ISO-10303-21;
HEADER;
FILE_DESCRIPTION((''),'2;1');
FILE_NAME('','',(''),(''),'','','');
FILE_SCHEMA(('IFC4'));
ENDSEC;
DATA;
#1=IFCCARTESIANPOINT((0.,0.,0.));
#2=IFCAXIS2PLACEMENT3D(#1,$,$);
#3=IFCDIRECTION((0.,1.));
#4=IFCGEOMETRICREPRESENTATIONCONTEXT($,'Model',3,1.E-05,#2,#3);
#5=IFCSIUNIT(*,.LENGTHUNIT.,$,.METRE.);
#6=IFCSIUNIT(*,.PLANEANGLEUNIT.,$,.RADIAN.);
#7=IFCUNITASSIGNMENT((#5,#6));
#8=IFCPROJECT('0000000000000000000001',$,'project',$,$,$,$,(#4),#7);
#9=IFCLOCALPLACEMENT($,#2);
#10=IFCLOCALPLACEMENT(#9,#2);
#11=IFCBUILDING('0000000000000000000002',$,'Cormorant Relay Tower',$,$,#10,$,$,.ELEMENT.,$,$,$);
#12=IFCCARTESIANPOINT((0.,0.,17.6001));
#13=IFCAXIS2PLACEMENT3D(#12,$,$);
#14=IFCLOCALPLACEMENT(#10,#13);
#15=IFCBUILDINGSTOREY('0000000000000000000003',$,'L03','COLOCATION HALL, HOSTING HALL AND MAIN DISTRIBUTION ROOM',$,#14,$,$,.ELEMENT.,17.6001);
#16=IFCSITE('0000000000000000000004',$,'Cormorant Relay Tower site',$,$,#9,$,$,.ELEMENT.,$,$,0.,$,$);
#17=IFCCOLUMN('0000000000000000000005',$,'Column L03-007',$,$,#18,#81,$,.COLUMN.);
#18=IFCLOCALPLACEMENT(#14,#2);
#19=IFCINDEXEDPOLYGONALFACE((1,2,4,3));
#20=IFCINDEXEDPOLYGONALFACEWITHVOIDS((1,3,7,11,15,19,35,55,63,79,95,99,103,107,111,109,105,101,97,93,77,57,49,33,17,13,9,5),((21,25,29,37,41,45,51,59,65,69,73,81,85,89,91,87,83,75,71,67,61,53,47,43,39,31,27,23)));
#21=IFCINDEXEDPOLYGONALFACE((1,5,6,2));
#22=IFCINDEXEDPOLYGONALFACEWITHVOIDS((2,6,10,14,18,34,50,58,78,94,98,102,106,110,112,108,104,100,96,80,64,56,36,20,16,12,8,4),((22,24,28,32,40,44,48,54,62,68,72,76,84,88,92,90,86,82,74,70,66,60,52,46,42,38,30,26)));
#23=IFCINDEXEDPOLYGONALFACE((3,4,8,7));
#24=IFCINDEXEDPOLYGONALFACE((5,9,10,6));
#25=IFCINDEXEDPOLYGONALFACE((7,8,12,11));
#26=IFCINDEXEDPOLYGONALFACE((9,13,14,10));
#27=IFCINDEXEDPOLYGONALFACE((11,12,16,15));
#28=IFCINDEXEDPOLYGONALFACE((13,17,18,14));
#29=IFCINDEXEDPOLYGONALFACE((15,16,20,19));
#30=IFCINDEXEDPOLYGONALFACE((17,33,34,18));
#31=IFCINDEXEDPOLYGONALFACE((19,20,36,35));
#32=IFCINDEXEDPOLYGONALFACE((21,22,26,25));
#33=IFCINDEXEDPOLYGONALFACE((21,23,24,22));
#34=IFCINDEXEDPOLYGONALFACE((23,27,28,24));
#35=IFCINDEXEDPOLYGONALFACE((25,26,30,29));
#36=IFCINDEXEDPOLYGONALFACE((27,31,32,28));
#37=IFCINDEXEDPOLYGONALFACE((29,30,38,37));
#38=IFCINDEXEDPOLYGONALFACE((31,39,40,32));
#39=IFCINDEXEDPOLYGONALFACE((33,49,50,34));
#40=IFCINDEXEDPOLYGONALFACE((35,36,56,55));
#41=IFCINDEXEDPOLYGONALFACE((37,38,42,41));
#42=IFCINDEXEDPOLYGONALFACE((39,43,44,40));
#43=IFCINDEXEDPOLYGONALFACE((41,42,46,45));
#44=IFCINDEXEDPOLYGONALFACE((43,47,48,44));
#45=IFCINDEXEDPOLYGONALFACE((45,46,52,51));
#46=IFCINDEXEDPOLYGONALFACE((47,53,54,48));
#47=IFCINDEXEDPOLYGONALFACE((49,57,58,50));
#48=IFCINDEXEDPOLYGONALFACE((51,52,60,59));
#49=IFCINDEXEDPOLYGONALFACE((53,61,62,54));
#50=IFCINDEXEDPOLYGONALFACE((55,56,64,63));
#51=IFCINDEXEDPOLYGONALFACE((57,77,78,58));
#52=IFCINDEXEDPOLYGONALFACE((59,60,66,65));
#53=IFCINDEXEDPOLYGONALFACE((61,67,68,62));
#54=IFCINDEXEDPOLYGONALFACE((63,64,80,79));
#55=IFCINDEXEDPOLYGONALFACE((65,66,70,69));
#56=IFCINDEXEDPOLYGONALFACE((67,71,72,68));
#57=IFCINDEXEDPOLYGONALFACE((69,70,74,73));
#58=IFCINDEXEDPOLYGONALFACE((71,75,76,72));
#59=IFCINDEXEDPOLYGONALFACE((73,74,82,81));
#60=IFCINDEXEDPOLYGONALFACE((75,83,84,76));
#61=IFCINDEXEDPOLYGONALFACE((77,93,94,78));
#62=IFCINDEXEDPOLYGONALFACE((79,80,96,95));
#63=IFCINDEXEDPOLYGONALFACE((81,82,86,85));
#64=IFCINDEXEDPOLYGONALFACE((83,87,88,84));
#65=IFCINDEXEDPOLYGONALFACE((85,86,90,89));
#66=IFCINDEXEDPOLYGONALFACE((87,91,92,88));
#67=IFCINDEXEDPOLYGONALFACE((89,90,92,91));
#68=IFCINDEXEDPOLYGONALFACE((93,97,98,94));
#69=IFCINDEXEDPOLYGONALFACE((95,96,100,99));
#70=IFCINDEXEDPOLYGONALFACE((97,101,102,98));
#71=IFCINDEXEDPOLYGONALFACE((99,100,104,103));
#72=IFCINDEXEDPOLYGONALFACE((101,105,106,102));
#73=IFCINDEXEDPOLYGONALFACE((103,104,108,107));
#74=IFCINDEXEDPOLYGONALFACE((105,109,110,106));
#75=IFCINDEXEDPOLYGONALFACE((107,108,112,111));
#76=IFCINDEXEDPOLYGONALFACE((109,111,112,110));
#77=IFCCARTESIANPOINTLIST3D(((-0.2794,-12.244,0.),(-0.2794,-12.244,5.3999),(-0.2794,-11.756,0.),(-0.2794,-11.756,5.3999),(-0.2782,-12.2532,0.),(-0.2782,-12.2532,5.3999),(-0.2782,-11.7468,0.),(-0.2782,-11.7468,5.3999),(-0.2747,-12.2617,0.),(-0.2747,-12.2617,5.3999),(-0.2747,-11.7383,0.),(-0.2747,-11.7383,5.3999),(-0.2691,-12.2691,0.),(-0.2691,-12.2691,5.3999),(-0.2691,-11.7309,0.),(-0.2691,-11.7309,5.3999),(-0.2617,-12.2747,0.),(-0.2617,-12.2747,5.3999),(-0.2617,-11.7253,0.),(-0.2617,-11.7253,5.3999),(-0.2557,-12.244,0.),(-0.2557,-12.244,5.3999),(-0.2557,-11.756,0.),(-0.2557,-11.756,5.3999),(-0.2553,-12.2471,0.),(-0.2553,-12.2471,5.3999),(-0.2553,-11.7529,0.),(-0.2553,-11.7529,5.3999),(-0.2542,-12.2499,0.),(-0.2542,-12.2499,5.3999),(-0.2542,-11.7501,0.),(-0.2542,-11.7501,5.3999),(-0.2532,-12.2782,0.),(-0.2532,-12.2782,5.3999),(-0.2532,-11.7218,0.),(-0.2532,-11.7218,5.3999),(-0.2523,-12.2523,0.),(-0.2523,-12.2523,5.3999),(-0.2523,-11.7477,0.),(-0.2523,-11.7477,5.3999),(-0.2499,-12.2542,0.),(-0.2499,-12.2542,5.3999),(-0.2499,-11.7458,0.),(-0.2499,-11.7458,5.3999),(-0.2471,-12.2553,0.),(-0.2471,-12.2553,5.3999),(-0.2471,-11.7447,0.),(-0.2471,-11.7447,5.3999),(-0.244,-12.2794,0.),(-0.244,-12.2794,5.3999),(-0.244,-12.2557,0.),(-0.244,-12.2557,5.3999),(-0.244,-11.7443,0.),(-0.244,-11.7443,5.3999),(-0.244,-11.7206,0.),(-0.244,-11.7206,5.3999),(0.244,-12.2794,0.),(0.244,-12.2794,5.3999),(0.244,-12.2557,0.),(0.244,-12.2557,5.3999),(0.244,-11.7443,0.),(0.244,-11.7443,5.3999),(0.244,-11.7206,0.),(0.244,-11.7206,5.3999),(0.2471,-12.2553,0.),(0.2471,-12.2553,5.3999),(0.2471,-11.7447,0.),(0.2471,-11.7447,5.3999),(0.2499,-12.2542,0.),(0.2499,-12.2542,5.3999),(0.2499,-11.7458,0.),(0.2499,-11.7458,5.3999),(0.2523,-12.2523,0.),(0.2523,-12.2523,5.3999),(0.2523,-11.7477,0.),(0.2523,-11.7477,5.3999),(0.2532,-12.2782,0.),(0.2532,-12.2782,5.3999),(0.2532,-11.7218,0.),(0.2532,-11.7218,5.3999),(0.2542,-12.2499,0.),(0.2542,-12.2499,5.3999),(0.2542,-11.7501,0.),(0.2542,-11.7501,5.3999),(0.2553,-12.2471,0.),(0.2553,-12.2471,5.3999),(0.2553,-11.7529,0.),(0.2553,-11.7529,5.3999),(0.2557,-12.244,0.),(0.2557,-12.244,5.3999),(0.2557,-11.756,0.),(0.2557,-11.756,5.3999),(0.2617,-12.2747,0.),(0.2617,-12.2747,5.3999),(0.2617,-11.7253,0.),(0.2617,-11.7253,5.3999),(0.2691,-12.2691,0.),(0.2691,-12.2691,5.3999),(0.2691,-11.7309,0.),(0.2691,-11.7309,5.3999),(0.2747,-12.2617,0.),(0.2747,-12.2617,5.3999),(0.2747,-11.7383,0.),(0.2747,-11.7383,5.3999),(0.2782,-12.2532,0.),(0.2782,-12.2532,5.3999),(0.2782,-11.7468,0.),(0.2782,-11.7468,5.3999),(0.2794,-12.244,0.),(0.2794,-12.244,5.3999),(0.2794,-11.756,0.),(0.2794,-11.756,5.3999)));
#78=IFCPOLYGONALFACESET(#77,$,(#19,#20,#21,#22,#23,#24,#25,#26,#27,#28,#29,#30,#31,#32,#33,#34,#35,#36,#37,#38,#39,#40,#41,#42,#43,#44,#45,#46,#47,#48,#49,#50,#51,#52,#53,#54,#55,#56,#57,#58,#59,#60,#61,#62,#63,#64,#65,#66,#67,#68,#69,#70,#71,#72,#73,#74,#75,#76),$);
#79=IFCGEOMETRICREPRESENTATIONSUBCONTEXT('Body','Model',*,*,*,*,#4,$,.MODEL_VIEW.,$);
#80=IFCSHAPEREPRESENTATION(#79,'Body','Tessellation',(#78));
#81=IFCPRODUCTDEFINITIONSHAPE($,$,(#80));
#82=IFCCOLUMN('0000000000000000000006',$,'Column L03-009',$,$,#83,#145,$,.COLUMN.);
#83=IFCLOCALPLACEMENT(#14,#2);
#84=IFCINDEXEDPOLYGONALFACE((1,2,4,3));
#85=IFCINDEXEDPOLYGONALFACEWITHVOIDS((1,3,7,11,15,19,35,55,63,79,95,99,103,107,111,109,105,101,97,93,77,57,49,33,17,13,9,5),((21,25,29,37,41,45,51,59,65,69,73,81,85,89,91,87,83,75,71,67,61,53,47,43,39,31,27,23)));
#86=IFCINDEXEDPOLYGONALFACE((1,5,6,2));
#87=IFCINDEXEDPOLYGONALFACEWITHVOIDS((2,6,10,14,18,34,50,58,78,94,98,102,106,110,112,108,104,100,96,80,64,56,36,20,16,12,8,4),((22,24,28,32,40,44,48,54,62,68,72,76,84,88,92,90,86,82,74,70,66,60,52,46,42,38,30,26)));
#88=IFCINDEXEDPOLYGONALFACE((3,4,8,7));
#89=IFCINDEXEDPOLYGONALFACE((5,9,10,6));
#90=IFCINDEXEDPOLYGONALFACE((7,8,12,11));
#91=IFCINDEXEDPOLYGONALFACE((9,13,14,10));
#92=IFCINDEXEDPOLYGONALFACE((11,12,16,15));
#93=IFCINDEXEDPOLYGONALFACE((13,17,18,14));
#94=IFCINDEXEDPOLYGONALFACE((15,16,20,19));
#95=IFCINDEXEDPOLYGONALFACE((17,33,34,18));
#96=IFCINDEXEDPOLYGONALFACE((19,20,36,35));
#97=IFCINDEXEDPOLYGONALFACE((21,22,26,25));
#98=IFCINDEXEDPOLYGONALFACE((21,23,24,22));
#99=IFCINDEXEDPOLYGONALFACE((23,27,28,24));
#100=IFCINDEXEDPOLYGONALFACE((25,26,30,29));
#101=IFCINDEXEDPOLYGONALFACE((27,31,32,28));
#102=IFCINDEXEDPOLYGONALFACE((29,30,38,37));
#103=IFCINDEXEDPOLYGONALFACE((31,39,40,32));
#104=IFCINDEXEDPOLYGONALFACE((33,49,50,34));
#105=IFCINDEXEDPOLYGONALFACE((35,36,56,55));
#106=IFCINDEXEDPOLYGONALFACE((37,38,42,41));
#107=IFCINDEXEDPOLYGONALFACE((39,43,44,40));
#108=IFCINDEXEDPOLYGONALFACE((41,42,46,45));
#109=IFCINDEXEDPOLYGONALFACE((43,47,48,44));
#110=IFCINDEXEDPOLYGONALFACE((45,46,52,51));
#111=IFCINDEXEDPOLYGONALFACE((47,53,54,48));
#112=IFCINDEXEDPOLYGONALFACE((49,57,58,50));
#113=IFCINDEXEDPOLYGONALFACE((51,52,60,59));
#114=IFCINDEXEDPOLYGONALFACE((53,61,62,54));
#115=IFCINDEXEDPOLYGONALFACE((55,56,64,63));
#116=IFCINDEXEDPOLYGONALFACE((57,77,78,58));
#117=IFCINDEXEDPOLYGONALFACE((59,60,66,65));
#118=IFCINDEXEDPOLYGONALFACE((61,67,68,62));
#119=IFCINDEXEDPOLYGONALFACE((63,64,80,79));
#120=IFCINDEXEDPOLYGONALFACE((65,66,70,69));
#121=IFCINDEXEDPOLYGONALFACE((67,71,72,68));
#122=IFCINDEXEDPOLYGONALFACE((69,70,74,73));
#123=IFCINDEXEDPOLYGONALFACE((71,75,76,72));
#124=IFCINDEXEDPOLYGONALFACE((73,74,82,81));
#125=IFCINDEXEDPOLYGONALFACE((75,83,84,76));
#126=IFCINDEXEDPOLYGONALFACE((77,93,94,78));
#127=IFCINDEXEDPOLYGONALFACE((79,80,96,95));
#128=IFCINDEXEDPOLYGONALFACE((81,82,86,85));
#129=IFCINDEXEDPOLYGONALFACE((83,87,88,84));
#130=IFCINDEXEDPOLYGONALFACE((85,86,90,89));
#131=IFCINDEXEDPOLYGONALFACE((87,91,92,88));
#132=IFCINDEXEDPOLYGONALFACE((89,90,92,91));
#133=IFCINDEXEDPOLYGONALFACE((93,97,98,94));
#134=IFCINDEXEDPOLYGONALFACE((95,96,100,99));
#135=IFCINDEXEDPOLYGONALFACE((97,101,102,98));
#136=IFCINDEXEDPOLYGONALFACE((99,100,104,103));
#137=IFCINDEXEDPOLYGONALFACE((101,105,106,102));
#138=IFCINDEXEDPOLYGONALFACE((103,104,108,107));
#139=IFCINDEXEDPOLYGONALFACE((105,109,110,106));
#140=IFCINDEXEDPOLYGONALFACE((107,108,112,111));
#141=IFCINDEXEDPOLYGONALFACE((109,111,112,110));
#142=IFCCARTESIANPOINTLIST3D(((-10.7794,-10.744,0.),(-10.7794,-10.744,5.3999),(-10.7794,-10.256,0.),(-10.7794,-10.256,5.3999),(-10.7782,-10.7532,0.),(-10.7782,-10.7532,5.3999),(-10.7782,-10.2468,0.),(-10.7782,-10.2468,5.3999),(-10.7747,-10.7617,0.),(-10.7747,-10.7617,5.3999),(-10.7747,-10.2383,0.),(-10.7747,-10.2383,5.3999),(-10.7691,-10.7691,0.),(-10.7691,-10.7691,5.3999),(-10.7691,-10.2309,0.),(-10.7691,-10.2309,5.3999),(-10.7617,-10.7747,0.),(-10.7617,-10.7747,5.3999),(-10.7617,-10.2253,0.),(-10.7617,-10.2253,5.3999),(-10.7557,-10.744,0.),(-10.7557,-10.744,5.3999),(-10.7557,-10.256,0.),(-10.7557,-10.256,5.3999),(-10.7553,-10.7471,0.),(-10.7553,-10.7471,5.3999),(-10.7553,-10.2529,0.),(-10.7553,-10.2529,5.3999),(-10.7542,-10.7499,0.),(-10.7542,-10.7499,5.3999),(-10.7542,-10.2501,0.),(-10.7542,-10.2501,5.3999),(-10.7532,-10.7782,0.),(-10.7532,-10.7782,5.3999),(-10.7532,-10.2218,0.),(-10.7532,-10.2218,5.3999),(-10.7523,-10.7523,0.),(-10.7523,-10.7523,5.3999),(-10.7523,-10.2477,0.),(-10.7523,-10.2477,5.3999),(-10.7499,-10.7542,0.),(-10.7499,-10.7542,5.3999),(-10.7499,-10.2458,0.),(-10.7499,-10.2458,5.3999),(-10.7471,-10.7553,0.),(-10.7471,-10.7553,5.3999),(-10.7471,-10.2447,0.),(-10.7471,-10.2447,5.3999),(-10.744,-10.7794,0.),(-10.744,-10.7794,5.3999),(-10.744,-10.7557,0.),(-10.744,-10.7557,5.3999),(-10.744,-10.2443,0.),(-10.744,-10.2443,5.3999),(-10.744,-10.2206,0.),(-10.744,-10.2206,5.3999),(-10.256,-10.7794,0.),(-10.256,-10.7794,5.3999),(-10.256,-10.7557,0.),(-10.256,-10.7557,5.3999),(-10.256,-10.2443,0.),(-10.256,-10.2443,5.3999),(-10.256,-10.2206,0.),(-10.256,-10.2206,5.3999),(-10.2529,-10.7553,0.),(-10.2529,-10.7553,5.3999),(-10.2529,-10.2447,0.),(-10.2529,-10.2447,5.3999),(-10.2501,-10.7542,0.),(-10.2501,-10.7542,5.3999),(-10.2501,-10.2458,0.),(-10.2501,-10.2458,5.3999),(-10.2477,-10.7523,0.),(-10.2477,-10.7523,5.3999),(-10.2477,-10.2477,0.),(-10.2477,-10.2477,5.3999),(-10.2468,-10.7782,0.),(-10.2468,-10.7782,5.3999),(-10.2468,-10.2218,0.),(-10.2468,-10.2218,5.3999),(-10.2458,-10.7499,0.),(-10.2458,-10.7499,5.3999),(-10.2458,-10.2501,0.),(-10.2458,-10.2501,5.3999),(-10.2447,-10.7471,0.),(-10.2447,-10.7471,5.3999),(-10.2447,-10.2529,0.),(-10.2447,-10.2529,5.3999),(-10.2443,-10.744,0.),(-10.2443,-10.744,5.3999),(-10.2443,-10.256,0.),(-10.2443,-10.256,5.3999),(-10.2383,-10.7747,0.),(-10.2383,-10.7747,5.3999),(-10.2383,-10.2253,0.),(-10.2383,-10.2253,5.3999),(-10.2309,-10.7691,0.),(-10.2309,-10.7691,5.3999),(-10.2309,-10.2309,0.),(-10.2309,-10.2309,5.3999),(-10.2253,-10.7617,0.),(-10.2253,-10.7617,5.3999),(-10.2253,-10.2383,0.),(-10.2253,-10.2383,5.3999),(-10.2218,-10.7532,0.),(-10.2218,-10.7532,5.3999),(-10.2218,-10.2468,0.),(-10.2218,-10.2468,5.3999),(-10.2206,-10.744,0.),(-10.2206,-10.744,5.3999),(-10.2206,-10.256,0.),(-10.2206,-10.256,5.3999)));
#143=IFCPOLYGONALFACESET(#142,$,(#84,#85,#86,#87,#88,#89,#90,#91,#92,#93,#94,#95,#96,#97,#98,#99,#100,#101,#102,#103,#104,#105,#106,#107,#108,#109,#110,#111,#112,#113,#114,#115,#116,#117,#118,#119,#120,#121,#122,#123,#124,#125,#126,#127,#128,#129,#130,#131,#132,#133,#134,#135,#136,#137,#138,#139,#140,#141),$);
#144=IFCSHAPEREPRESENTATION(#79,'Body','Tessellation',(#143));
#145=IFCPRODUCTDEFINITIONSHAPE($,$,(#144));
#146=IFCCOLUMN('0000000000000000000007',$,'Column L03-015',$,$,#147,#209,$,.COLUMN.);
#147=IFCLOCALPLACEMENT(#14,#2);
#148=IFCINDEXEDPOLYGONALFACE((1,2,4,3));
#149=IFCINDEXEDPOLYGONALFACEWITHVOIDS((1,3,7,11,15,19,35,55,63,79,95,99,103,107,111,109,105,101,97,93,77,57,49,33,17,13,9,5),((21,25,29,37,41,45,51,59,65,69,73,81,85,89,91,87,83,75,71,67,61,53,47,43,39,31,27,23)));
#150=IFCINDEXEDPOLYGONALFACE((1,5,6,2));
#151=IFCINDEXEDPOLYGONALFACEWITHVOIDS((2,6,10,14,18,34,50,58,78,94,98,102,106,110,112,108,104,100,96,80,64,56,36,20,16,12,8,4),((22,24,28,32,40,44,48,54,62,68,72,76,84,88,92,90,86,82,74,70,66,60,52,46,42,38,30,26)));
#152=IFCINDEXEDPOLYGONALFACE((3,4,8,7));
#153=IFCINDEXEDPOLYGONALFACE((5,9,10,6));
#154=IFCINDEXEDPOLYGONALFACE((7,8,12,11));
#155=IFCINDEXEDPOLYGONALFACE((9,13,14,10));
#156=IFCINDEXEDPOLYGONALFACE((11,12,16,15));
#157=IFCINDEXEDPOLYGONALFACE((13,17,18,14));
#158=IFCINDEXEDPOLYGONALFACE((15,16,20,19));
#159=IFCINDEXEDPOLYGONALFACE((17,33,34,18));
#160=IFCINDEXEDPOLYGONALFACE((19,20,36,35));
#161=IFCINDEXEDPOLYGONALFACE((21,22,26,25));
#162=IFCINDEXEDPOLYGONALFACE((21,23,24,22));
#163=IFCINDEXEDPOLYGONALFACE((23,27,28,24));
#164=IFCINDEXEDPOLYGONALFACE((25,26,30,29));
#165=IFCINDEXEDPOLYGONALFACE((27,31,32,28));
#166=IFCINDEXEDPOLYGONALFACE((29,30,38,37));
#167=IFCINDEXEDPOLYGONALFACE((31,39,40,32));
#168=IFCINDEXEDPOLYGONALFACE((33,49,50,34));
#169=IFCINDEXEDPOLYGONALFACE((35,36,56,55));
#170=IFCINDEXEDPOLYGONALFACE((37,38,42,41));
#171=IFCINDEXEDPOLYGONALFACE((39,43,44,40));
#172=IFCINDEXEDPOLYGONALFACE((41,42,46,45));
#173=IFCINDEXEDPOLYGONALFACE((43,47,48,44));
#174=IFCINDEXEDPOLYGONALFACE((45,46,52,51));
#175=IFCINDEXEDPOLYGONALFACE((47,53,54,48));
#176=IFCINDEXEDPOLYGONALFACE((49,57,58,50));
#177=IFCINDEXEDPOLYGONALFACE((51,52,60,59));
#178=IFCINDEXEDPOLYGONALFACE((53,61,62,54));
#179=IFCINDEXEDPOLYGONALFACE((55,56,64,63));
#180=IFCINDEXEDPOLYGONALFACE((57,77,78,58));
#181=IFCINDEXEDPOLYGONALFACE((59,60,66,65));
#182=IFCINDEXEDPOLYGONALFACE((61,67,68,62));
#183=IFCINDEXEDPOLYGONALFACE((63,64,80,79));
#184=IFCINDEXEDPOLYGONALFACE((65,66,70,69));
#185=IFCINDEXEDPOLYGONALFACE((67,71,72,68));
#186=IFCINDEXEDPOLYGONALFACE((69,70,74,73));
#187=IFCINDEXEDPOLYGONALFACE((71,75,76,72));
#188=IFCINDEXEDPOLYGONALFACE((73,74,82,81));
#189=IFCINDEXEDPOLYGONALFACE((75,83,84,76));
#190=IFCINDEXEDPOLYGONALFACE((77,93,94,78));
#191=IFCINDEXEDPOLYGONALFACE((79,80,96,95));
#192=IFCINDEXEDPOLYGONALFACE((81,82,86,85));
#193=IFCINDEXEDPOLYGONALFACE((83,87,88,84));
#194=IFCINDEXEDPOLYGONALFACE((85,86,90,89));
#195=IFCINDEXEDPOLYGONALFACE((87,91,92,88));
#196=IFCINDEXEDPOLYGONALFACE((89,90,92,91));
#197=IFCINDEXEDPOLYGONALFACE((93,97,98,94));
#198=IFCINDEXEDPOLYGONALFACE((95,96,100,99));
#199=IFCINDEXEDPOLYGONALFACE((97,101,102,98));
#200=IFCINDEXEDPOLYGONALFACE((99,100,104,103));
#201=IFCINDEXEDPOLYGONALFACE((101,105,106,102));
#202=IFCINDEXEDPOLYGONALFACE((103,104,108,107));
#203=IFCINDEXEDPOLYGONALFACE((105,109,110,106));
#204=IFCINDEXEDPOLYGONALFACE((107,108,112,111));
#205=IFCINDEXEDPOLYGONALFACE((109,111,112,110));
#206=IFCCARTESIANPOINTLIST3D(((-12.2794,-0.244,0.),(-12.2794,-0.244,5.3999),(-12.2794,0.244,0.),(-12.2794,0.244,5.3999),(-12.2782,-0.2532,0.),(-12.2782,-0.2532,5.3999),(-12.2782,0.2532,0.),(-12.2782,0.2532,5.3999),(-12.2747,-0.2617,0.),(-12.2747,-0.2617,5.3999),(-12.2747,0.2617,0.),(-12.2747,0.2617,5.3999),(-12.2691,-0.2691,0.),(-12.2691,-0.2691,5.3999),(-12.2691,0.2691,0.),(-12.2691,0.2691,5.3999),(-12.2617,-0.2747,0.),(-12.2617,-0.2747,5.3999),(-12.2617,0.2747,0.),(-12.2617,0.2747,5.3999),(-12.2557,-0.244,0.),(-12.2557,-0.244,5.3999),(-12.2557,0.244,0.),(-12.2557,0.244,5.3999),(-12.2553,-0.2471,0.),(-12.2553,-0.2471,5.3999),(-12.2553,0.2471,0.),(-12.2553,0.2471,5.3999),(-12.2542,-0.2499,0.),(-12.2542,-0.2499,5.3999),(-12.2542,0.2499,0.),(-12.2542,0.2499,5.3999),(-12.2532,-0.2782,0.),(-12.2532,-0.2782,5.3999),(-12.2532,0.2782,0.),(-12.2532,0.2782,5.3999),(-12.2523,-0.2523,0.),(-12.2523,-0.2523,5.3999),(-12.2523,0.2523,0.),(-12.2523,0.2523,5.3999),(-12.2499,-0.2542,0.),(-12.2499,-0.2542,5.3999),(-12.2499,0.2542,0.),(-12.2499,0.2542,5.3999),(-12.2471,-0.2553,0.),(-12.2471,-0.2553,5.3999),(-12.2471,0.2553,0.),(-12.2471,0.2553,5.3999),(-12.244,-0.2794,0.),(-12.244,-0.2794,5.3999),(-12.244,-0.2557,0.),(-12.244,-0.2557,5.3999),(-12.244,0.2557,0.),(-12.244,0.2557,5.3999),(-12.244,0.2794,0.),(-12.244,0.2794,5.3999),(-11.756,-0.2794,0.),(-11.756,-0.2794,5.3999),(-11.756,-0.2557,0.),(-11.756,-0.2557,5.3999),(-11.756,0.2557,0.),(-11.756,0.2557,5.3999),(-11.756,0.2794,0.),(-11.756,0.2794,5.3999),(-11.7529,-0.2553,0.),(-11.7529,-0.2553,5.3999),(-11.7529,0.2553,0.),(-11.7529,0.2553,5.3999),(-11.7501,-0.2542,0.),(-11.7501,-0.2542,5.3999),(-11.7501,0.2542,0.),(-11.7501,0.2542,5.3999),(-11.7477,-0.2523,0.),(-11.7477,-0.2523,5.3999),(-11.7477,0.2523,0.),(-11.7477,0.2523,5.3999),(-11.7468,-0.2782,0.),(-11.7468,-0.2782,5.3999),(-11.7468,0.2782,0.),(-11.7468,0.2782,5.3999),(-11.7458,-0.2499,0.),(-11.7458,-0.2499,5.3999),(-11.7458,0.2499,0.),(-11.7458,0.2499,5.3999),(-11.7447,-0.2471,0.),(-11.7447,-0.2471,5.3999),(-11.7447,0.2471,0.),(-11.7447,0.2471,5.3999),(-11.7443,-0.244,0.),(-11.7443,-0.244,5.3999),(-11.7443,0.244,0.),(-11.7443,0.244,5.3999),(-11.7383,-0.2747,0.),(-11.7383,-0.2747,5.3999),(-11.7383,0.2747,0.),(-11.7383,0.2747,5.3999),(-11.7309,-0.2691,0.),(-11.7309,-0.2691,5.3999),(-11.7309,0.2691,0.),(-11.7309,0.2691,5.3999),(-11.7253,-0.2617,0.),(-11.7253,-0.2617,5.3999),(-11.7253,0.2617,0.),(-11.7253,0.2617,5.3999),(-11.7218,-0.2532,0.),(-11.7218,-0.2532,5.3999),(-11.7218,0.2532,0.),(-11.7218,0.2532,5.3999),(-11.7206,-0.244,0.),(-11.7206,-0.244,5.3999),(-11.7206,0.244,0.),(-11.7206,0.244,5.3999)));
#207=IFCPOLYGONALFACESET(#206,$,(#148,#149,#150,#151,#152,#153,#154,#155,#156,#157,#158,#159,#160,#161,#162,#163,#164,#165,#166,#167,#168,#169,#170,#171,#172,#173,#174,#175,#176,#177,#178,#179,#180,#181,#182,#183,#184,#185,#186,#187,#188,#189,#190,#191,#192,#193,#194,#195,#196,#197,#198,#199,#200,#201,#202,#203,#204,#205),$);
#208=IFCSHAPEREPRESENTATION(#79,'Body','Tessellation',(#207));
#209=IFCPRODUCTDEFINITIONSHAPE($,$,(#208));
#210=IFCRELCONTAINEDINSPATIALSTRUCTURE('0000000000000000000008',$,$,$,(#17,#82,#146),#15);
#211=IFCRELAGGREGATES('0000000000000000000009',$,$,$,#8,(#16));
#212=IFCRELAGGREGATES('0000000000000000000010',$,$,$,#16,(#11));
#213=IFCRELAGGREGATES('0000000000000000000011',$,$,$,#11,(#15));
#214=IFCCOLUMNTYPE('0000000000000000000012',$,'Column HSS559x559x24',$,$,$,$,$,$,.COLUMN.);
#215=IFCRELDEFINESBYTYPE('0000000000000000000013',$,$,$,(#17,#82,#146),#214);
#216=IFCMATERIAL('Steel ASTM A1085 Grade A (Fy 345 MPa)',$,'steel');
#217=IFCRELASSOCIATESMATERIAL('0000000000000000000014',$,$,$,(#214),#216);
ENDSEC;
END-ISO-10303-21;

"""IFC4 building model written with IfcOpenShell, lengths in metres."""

from ifc_helpers import new_model, si_unit, direction, frame, origin, origin_2d, place, context, subcontext, project, spatial, hollow_rectangle, extrude, material, material_profile, profile_set, type_object, element, save


model = new_model("IFC4")

# Units and contexts
model_context = context("Model", 3, precision=1e-05, world=origin(), true_north=direction((0.0, 1.0)))
body_context = subcontext(model_context, "Body", "Model", "MODEL_VIEW")
ifc_project = project(units=[si_unit("LENGTHUNIT", "METRE"), si_unit("PLANEANGLEUNIT", "RADIAN")], contexts=[model_context])

# Site, building, storey
site_placement = place(None, origin())
site = spatial("IfcSite", under=ifc_project, at=site_placement, Name="Cormorant Relay Tower site", CompositionType="ELEMENT", RefElevation=0.0)
building_placement = place(site_placement, origin())
building = spatial("IfcBuilding", under=site, at=building_placement, Name="Cormorant Relay Tower", CompositionType="ELEMENT")
storey_placement = place(building_placement, frame((0.0, 0.0, 17.6001)))
storey = spatial("IfcBuildingStorey", under=building, at=storey_placement, Name="L03", Description="COLOCATION HALL, HOSTING HALL AND MAIN DISTRIBUTION ROOM", CompositionType="ELEMENT", Elevation=17.6001)

# Columns
ifc_material_1 = material(Name="Steel ASTM A1085 Grade A (Fy 345 MPa)", Category="steel")
ifc_material_profile_1 = material_profile(ifc_material_1, hollow_rectangle(XDim=0.5588, YDim=0.5588, WallThickness=0.0237, InnerFilletRadius=0.0117, OuterFilletRadius=0.0354, at=origin_2d()), Name="HSS559x559x24")
ifc_profile_set_1 = profile_set([ifc_material_profile_1], Name="Steel ASTM A1085 Grade A (Fy 345 MPa)")
column_type = type_object("IfcColumnType", Name="Column HSS559x559x24", PredefinedType="COLUMN", material=ifc_profile_set_1)
for number, where, z_axis, x_axis, name in (
    (1, (0.0, -12.0, 0.0), (0.0, 0.0, 1.0), (1.0, 0.0, 0.0), "Column L03-007"),
    (2, (-10.5, -10.5, 0.0), (0.0, 0.0, 1.0), (1.0, 0.0, 0.0), "Column L03-009"),
    (3, (-12.0, 0.0, 0.0), (0.0, 0.0, 1.0), (1.0, 0.0, 0.0), "Column L03-015"),
):
    element("IfcColumn", number, at=place(storey_placement, frame(where, z_axis=z_axis, x_axis=x_axis)), inside=storey, type_object=column_type, Name=name, PredefinedType="COLUMN", context=body_context, shape_type="SweptSolid", body=[
        extrude(hollow_rectangle(XDim=0.5588, YDim=0.5588, WallThickness=0.0237, InnerFilletRadius=0.0117, OuterFilletRadius=0.0354, at=origin_2d()), origin(), (0.0, 0.0, 1.0), 5.3999),
    ])

save(model, "model.ifc")
